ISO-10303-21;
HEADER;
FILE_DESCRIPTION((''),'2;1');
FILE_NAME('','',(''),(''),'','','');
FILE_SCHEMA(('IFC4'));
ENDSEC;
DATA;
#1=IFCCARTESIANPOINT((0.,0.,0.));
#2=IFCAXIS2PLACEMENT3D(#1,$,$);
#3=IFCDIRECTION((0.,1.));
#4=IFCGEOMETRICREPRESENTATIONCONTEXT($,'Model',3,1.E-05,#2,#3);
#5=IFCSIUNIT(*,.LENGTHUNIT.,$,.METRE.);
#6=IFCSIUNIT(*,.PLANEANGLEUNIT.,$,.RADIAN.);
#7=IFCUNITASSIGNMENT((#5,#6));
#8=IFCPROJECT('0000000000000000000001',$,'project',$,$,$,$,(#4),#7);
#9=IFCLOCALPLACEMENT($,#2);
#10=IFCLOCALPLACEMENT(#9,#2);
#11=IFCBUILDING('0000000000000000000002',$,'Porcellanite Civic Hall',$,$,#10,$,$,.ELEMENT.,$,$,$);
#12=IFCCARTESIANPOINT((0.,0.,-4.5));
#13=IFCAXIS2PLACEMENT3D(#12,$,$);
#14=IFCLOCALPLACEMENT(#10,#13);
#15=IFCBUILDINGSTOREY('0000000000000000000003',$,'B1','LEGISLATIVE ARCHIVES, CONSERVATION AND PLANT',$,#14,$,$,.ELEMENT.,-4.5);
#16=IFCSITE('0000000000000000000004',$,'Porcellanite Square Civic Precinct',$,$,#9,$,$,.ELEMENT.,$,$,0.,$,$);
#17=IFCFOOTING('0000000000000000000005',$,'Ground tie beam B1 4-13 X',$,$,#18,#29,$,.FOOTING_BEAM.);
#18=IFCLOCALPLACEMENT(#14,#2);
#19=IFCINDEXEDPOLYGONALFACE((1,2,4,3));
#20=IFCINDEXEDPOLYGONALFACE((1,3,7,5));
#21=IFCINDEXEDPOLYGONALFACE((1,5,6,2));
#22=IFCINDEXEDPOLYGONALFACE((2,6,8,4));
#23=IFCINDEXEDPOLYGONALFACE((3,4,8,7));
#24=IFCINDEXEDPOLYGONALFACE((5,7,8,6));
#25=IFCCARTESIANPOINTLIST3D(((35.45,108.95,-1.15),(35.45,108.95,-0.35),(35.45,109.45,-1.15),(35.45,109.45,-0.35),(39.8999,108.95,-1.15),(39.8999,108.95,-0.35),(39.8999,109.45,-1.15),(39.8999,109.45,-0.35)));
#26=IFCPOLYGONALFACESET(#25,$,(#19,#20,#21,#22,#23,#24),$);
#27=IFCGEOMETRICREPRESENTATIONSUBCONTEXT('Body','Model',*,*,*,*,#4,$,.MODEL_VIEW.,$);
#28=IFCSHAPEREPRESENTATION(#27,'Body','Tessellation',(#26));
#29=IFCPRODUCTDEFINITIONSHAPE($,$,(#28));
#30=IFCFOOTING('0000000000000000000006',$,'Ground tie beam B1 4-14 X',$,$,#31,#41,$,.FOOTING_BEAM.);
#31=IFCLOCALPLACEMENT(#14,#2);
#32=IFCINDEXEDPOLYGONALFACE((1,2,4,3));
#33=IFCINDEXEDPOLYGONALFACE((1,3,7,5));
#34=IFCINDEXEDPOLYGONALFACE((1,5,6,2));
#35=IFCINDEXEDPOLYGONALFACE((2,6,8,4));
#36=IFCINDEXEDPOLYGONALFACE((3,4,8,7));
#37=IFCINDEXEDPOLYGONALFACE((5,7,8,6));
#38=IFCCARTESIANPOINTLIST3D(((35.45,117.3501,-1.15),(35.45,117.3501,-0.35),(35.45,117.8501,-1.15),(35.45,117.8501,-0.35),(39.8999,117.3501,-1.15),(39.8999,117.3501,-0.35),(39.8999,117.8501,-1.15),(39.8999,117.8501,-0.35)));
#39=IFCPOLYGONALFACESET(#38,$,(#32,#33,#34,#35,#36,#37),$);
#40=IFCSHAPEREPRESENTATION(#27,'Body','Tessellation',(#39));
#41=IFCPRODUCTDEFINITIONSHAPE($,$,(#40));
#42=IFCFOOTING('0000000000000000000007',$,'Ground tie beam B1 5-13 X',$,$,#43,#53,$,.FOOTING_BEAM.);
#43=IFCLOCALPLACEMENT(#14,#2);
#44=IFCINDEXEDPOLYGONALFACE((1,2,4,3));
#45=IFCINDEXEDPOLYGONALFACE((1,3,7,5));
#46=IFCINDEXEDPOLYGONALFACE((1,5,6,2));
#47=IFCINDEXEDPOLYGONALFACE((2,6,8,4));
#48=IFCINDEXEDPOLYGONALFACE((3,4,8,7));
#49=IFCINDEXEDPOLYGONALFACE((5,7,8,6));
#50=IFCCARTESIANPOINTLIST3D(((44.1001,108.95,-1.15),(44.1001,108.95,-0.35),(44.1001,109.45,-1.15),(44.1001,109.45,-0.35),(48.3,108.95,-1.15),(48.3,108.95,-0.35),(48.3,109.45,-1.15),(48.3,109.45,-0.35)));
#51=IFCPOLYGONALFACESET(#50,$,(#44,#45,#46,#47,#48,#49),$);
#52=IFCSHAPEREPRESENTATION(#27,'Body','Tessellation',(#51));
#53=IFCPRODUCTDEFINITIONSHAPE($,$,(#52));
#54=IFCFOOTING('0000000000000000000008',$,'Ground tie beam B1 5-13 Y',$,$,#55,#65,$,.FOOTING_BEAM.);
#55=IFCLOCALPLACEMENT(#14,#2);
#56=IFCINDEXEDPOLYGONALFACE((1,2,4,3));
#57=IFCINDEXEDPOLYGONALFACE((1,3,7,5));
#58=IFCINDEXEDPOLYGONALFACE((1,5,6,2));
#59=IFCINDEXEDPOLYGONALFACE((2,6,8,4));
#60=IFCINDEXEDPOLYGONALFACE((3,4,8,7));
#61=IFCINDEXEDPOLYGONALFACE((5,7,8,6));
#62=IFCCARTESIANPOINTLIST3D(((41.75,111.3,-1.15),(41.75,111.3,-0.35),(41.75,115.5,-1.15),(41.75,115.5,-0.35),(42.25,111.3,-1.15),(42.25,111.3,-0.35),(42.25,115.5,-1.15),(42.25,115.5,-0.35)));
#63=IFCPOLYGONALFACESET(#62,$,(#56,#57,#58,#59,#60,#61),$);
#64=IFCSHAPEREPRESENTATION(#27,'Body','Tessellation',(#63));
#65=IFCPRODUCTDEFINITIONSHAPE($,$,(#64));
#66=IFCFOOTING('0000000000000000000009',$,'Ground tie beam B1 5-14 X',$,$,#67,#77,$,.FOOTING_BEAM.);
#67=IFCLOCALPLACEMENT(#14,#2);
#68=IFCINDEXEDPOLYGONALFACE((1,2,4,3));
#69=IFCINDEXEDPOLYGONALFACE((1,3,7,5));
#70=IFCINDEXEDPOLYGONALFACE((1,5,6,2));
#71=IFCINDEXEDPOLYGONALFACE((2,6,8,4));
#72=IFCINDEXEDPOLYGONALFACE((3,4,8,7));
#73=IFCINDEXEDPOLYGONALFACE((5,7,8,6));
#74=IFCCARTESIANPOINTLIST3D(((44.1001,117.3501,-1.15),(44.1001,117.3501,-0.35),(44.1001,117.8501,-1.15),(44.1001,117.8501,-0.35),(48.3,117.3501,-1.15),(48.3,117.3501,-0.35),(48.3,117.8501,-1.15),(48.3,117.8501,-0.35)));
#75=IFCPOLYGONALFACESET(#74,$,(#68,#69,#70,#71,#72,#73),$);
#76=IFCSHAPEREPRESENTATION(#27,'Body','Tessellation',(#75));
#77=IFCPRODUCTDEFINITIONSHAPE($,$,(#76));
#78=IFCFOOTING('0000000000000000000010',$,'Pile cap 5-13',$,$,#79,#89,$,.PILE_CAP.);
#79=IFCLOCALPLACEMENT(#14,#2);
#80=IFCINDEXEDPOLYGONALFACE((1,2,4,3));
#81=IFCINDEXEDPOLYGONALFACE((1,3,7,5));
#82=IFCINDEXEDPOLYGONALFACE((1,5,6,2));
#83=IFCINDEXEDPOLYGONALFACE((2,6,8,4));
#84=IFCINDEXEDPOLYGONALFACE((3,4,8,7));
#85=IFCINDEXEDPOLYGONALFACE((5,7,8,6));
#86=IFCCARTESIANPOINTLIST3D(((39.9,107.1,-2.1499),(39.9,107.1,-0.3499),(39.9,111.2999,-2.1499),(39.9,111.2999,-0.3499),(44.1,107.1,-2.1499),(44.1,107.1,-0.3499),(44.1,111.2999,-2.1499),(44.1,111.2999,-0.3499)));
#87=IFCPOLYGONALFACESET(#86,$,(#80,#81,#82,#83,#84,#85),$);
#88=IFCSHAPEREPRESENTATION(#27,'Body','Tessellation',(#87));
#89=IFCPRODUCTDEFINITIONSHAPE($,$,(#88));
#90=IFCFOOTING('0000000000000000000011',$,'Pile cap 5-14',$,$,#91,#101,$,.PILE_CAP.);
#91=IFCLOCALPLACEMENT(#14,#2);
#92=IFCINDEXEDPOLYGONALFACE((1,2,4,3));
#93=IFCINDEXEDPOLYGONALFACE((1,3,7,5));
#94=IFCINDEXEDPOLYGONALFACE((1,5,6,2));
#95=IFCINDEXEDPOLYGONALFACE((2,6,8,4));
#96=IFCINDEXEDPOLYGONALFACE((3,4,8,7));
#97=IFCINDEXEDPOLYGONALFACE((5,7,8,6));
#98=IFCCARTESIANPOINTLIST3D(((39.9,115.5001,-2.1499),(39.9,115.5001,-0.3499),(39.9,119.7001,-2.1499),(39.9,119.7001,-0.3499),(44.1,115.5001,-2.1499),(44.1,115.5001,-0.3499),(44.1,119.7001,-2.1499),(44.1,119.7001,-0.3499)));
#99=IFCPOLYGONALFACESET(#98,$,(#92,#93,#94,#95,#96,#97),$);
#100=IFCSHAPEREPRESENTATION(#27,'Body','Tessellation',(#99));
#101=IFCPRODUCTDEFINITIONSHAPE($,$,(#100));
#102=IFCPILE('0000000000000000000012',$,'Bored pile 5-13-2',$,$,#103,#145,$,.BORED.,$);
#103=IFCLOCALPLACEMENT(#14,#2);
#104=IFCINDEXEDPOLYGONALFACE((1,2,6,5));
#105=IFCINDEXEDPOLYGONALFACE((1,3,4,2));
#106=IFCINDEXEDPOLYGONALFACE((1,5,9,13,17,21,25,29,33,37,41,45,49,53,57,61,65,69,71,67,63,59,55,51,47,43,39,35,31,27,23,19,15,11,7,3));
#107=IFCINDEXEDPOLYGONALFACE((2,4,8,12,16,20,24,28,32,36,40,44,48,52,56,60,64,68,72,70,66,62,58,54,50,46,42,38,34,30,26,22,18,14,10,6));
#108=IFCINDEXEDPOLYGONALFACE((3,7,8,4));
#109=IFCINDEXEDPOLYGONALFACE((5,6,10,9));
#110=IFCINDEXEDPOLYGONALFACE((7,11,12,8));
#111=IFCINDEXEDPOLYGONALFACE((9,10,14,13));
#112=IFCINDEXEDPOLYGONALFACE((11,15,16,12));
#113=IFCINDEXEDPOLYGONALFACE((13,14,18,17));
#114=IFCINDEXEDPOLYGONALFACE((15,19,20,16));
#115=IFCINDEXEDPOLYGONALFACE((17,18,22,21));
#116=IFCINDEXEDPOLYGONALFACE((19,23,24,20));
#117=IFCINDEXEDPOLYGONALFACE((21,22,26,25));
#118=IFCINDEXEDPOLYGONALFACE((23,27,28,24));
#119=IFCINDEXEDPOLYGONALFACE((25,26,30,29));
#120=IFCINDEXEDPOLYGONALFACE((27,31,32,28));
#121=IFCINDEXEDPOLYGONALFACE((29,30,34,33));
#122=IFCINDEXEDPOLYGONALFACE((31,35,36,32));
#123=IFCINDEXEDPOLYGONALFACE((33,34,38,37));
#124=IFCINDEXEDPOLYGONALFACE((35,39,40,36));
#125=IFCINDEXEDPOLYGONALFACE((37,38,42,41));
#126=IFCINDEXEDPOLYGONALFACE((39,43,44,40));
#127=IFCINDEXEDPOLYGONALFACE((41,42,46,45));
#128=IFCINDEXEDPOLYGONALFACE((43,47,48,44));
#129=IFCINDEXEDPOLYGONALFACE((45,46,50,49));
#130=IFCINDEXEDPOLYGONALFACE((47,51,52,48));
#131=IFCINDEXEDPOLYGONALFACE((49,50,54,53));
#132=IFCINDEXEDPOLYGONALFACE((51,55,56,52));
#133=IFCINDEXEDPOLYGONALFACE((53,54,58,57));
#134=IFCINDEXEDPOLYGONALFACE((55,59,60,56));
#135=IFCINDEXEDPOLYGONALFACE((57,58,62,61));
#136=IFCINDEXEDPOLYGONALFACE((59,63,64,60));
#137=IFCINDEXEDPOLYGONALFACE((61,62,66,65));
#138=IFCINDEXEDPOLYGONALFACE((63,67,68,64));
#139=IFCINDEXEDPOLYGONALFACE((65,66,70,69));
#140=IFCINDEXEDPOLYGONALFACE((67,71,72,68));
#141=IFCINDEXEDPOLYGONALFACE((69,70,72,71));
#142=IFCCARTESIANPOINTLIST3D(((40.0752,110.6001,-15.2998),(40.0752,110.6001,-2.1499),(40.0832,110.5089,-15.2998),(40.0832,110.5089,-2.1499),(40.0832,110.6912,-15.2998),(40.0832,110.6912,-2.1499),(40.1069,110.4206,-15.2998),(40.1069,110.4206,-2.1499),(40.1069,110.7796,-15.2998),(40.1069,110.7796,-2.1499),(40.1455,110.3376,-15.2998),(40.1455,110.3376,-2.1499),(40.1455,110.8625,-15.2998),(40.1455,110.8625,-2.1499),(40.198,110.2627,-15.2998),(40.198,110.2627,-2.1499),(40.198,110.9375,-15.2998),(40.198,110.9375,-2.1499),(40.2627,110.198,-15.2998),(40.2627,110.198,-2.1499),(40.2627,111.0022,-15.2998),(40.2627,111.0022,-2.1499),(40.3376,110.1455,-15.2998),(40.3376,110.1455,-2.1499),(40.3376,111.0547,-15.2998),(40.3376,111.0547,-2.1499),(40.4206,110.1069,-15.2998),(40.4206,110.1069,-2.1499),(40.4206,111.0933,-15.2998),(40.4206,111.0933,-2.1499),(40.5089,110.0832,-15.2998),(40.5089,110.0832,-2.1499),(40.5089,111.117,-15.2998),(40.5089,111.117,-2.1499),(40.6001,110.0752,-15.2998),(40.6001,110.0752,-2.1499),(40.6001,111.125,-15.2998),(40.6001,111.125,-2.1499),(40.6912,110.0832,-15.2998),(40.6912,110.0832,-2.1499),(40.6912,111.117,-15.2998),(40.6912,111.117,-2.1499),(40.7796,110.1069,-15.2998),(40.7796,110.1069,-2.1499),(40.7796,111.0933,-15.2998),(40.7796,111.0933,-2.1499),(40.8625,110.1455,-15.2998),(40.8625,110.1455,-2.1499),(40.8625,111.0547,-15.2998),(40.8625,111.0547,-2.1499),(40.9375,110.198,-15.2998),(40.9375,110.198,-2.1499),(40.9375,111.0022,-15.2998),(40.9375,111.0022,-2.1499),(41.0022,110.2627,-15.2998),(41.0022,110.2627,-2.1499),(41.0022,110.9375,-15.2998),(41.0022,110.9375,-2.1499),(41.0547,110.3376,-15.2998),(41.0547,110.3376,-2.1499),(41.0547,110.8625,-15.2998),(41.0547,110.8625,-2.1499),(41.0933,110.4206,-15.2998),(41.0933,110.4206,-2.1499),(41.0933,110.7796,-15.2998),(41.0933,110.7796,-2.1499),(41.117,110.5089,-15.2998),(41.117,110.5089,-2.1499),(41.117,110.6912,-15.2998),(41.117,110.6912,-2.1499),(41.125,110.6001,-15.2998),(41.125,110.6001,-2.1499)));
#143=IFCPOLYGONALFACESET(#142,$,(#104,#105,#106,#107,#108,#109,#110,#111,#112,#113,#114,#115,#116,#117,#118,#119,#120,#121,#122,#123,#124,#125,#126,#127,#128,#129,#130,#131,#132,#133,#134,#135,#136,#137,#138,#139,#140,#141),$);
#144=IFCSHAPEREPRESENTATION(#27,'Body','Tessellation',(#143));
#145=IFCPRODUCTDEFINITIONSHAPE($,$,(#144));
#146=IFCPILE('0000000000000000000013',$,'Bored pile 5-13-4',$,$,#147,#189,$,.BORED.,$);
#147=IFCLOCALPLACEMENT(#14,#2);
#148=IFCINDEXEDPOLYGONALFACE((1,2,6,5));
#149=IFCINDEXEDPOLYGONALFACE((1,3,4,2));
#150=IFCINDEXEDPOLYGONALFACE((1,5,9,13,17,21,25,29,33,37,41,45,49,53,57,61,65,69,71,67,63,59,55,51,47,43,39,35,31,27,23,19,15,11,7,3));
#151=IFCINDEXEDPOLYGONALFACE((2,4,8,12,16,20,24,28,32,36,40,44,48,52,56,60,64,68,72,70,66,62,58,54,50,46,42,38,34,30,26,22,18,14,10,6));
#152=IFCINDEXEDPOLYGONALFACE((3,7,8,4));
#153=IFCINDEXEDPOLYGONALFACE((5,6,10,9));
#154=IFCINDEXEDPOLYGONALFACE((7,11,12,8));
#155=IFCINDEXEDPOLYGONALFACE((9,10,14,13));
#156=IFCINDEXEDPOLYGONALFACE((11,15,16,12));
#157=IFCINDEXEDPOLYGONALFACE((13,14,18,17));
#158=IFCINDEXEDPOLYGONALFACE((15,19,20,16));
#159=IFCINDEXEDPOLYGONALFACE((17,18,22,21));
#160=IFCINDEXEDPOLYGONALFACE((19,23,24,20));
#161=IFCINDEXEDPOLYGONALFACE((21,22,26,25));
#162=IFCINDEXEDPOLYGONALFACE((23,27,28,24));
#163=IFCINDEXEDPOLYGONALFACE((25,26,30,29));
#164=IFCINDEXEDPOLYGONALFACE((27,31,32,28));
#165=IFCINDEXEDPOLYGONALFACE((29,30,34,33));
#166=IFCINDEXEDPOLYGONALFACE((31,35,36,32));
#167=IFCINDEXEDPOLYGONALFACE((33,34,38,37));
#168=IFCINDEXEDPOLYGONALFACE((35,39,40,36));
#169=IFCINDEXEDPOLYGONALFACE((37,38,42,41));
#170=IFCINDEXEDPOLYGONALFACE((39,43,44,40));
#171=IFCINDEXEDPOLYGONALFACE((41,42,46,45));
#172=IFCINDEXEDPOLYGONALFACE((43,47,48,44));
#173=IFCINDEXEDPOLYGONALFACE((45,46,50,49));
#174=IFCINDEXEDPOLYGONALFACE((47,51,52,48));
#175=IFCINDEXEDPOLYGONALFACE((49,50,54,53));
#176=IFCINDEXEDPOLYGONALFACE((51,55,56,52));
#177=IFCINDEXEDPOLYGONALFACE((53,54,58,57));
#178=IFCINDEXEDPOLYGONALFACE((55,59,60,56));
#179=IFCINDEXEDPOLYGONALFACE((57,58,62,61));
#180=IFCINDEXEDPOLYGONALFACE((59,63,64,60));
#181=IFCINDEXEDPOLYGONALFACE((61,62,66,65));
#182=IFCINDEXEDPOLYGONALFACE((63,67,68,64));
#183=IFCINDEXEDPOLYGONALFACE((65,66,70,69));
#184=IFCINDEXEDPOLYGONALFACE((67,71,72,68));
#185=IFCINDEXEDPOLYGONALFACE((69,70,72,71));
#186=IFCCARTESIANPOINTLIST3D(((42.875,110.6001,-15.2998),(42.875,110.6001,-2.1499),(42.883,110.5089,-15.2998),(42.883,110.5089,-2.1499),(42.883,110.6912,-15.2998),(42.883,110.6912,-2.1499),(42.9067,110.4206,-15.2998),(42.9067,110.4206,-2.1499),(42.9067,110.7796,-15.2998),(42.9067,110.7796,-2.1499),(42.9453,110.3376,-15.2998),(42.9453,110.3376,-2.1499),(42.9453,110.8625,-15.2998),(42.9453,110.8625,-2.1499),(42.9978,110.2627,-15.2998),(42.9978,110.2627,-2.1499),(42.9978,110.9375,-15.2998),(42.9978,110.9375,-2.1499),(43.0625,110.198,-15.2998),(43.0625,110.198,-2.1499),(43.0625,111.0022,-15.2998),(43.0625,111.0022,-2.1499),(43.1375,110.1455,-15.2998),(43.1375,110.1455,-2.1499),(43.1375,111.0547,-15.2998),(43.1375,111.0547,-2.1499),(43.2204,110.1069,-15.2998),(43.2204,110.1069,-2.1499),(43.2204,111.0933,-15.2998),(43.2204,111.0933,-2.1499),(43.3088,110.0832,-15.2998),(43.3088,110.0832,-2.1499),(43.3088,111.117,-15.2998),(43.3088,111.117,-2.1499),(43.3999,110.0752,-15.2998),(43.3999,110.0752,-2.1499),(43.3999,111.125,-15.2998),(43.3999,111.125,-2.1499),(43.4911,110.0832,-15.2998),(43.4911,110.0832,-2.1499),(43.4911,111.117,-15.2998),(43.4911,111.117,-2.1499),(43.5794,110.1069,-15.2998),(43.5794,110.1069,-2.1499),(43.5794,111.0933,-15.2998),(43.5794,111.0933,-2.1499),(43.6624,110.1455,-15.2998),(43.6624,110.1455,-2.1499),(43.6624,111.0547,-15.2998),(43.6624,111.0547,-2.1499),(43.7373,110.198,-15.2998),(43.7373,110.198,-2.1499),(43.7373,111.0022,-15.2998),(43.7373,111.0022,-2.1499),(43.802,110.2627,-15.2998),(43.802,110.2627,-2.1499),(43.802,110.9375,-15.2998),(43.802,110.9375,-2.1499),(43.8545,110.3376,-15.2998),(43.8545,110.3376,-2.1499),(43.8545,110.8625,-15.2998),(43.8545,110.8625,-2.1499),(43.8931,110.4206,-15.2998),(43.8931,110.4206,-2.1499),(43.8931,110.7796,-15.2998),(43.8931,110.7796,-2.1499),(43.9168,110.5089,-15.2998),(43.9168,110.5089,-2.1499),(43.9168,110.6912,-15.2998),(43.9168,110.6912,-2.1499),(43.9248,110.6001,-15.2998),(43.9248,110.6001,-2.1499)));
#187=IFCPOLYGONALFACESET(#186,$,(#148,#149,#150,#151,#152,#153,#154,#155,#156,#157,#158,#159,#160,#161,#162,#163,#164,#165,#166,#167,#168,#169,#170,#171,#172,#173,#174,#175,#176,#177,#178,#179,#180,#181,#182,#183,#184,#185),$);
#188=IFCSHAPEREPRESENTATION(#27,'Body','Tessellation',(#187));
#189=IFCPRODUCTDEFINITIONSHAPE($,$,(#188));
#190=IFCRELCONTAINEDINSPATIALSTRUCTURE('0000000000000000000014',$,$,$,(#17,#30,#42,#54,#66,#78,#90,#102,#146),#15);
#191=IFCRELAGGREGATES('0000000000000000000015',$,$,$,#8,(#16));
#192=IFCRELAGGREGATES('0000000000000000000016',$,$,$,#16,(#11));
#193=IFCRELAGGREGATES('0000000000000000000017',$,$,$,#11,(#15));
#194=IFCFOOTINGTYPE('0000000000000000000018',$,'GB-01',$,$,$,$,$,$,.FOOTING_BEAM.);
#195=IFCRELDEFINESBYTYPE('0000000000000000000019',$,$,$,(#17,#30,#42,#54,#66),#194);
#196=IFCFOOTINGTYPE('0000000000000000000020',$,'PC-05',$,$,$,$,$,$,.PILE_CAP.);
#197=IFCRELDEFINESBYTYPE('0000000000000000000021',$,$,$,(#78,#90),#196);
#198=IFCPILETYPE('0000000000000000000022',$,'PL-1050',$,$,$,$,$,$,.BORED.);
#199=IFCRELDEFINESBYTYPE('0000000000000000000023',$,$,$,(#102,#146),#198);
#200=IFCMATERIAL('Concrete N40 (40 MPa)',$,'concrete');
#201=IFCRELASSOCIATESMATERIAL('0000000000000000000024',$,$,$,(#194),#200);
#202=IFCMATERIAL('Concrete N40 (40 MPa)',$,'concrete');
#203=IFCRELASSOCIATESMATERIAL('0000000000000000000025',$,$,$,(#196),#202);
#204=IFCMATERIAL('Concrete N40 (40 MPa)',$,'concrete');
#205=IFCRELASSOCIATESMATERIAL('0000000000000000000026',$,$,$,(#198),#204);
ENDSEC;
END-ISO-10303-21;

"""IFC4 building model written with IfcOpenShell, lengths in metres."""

from ifc_helpers import new_model, si_unit, direction, frame, origin, origin_2d, place, context, subcontext, project, spatial, rectangle, circle, extrude, material, material_profile, profile_set, type_object, element, save


model = new_model("IFC4")

# Units and contexts
model_context = context("Model", 3, precision=1e-05, world=origin(), true_north=direction((0.0, 1.0)))
body_context = subcontext(model_context, "Body", "Model", "MODEL_VIEW")
ifc_project = project(units=[si_unit("LENGTHUNIT", "METRE"), si_unit("PLANEANGLEUNIT", "RADIAN")], contexts=[model_context])

# Site, building, storey
site_placement = place(None, origin())
site = spatial("IfcSite", under=ifc_project, at=site_placement, Name="Porcellanite Square Civic Precinct", CompositionType="ELEMENT", RefElevation=0.0)
building_placement = place(site_placement, origin())
building = spatial("IfcBuilding", under=site, at=building_placement, Name="Porcellanite Civic Hall", CompositionType="ELEMENT")
storey_placement = place(building_placement, frame((0.0, 0.0, -4.5)))
storey = spatial("IfcBuildingStorey", under=building, at=storey_placement, Name="B1", Description="LEGISLATIVE ARCHIVES, CONSERVATION AND PLANT", CompositionType="ELEMENT", Elevation=-4.5)

# Footings
ifc_material_1 = material(Name="Concrete N40 (40 MPa)", Category="concrete")
ifc_material_profile_1 = material_profile(ifc_material_1, rectangle(XDim=0.5, YDim=0.8, at=origin_2d()), Name="RC-500x800")
ifc_profile_set_1 = profile_set([ifc_material_profile_1], Name="Concrete N40 (40 MPa)")
footing_type_1 = type_object("IfcFootingType", Name="GB-01", PredefinedType="FOOTING_BEAM", material=ifc_profile_set_1)
for number, where, z_axis, x_axis, name in (
    (1, (35.45, 109.2, -0.75), (1.0, 0.0, 0.0), (0.0, 1.0, 0.0), "Ground tie beam B1 4-13 X"),
    (2, (35.45, 117.6001, -0.75), (1.0, 0.0, 0.0), (0.0, 1.0, 0.0), "Ground tie beam B1 4-14 X"),
):
    element("IfcFooting", number, at=place(storey_placement, frame(where, z_axis=z_axis, x_axis=x_axis)), inside=storey, type_object=footing_type_1, Name=name, PredefinedType="FOOTING_BEAM", context=body_context, shape_type="SweptSolid", body=[
        extrude(rectangle(XDim=0.5, YDim=0.8, at=origin_2d()), origin(), (0.0, 0.0, 1.0), 4.45),
    ])
for number, where, z_axis, x_axis, name in (
    (3, (44.1001, 109.2, -0.75), (1.0, 0.0, 0.0), (0.0, 1.0, 0.0), "Ground tie beam B1 5-13 X"),
    (4, (42.0, 111.3, -0.75), (0.0, 1.0, 0.0), (-1.0, 0.0, 0.0), "Ground tie beam B1 5-13 Y"),
    (5, (44.1001, 117.6001, -0.75), (1.0, 0.0, 0.0), (0.0, 1.0, 0.0), "Ground tie beam B1 5-14 X"),
):
    element("IfcFooting", number, at=place(storey_placement, frame(where, z_axis=z_axis, x_axis=x_axis)), inside=storey, type_object=footing_type_1, Name=name, PredefinedType="FOOTING_BEAM", context=body_context, shape_type="SweptSolid", body=[
        extrude(rectangle(XDim=0.5, YDim=0.8, at=origin_2d()), origin(), (0.0, 0.0, 1.0), 4.2),
    ])
ifc_material_2 = material(Name="Concrete N40 (40 MPa)", Category="concrete")
footing_type_2 = type_object("IfcFootingType", Name="PC-05", PredefinedType="PILE_CAP", material=ifc_material_2)
for number, where, z_axis, x_axis, name in (
    (6, (42.0, 109.2, -2.1499), (0.0, 0.0, 1.0), (1.0, 0.0, 0.0), "Pile cap 5-13"),
    (7, (42.0, 117.6001, -2.1499), (0.0, 0.0, 1.0), (1.0, 0.0, 0.0), "Pile cap 5-14"),
):
    element("IfcFooting", number, at=place(storey_placement, frame(where, z_axis=z_axis, x_axis=x_axis)), inside=storey, type_object=footing_type_2, Name=name, PredefinedType="PILE_CAP", context=body_context, shape_type="SweptSolid", body=[
        extrude(rectangle(XDim=4.2, YDim=4.2, at=origin_2d()), origin(), (0.0, 0.0, 1.0), 1.8),
    ])

# Piles
ifc_material_3 = material(Name="Concrete N40 (40 MPa)", Category="concrete")
ifc_material_profile_2 = material_profile(ifc_material_3, circle(Radius=0.5249, at=origin_2d()), Name="PILE-D1050")
ifc_profile_set_2 = profile_set([ifc_material_profile_2], Name="Concrete N40 (40 MPa)")
pile_type_1 = type_object("IfcPileType", Name="PL-1050", PredefinedType="BORED", material=ifc_profile_set_2)
for number, where, z_axis, x_axis, name in (
    (8, (40.6001, 110.6001, -2.1499), (0.0, 0.0, -1.0), (1.0, 0.0, 0.0), "Bored pile 5-13-2"),
    (9, (43.3999, 110.6001, -2.1499), (0.0, 0.0, -1.0), (1.0, 0.0, 0.0), "Bored pile 5-13-4"),
):
    element("IfcPile", number, at=place(storey_placement, frame(where, z_axis=z_axis, x_axis=x_axis)), inside=storey, type_object=pile_type_1, Name=name, PredefinedType="BORED", context=body_context, shape_type="SweptSolid", body=[
        extrude(circle(Radius=0.5249, at=origin_2d()), origin(), (0.0, 0.0, 1.0), 13.1499),
    ])

save(model, "model.ifc")
